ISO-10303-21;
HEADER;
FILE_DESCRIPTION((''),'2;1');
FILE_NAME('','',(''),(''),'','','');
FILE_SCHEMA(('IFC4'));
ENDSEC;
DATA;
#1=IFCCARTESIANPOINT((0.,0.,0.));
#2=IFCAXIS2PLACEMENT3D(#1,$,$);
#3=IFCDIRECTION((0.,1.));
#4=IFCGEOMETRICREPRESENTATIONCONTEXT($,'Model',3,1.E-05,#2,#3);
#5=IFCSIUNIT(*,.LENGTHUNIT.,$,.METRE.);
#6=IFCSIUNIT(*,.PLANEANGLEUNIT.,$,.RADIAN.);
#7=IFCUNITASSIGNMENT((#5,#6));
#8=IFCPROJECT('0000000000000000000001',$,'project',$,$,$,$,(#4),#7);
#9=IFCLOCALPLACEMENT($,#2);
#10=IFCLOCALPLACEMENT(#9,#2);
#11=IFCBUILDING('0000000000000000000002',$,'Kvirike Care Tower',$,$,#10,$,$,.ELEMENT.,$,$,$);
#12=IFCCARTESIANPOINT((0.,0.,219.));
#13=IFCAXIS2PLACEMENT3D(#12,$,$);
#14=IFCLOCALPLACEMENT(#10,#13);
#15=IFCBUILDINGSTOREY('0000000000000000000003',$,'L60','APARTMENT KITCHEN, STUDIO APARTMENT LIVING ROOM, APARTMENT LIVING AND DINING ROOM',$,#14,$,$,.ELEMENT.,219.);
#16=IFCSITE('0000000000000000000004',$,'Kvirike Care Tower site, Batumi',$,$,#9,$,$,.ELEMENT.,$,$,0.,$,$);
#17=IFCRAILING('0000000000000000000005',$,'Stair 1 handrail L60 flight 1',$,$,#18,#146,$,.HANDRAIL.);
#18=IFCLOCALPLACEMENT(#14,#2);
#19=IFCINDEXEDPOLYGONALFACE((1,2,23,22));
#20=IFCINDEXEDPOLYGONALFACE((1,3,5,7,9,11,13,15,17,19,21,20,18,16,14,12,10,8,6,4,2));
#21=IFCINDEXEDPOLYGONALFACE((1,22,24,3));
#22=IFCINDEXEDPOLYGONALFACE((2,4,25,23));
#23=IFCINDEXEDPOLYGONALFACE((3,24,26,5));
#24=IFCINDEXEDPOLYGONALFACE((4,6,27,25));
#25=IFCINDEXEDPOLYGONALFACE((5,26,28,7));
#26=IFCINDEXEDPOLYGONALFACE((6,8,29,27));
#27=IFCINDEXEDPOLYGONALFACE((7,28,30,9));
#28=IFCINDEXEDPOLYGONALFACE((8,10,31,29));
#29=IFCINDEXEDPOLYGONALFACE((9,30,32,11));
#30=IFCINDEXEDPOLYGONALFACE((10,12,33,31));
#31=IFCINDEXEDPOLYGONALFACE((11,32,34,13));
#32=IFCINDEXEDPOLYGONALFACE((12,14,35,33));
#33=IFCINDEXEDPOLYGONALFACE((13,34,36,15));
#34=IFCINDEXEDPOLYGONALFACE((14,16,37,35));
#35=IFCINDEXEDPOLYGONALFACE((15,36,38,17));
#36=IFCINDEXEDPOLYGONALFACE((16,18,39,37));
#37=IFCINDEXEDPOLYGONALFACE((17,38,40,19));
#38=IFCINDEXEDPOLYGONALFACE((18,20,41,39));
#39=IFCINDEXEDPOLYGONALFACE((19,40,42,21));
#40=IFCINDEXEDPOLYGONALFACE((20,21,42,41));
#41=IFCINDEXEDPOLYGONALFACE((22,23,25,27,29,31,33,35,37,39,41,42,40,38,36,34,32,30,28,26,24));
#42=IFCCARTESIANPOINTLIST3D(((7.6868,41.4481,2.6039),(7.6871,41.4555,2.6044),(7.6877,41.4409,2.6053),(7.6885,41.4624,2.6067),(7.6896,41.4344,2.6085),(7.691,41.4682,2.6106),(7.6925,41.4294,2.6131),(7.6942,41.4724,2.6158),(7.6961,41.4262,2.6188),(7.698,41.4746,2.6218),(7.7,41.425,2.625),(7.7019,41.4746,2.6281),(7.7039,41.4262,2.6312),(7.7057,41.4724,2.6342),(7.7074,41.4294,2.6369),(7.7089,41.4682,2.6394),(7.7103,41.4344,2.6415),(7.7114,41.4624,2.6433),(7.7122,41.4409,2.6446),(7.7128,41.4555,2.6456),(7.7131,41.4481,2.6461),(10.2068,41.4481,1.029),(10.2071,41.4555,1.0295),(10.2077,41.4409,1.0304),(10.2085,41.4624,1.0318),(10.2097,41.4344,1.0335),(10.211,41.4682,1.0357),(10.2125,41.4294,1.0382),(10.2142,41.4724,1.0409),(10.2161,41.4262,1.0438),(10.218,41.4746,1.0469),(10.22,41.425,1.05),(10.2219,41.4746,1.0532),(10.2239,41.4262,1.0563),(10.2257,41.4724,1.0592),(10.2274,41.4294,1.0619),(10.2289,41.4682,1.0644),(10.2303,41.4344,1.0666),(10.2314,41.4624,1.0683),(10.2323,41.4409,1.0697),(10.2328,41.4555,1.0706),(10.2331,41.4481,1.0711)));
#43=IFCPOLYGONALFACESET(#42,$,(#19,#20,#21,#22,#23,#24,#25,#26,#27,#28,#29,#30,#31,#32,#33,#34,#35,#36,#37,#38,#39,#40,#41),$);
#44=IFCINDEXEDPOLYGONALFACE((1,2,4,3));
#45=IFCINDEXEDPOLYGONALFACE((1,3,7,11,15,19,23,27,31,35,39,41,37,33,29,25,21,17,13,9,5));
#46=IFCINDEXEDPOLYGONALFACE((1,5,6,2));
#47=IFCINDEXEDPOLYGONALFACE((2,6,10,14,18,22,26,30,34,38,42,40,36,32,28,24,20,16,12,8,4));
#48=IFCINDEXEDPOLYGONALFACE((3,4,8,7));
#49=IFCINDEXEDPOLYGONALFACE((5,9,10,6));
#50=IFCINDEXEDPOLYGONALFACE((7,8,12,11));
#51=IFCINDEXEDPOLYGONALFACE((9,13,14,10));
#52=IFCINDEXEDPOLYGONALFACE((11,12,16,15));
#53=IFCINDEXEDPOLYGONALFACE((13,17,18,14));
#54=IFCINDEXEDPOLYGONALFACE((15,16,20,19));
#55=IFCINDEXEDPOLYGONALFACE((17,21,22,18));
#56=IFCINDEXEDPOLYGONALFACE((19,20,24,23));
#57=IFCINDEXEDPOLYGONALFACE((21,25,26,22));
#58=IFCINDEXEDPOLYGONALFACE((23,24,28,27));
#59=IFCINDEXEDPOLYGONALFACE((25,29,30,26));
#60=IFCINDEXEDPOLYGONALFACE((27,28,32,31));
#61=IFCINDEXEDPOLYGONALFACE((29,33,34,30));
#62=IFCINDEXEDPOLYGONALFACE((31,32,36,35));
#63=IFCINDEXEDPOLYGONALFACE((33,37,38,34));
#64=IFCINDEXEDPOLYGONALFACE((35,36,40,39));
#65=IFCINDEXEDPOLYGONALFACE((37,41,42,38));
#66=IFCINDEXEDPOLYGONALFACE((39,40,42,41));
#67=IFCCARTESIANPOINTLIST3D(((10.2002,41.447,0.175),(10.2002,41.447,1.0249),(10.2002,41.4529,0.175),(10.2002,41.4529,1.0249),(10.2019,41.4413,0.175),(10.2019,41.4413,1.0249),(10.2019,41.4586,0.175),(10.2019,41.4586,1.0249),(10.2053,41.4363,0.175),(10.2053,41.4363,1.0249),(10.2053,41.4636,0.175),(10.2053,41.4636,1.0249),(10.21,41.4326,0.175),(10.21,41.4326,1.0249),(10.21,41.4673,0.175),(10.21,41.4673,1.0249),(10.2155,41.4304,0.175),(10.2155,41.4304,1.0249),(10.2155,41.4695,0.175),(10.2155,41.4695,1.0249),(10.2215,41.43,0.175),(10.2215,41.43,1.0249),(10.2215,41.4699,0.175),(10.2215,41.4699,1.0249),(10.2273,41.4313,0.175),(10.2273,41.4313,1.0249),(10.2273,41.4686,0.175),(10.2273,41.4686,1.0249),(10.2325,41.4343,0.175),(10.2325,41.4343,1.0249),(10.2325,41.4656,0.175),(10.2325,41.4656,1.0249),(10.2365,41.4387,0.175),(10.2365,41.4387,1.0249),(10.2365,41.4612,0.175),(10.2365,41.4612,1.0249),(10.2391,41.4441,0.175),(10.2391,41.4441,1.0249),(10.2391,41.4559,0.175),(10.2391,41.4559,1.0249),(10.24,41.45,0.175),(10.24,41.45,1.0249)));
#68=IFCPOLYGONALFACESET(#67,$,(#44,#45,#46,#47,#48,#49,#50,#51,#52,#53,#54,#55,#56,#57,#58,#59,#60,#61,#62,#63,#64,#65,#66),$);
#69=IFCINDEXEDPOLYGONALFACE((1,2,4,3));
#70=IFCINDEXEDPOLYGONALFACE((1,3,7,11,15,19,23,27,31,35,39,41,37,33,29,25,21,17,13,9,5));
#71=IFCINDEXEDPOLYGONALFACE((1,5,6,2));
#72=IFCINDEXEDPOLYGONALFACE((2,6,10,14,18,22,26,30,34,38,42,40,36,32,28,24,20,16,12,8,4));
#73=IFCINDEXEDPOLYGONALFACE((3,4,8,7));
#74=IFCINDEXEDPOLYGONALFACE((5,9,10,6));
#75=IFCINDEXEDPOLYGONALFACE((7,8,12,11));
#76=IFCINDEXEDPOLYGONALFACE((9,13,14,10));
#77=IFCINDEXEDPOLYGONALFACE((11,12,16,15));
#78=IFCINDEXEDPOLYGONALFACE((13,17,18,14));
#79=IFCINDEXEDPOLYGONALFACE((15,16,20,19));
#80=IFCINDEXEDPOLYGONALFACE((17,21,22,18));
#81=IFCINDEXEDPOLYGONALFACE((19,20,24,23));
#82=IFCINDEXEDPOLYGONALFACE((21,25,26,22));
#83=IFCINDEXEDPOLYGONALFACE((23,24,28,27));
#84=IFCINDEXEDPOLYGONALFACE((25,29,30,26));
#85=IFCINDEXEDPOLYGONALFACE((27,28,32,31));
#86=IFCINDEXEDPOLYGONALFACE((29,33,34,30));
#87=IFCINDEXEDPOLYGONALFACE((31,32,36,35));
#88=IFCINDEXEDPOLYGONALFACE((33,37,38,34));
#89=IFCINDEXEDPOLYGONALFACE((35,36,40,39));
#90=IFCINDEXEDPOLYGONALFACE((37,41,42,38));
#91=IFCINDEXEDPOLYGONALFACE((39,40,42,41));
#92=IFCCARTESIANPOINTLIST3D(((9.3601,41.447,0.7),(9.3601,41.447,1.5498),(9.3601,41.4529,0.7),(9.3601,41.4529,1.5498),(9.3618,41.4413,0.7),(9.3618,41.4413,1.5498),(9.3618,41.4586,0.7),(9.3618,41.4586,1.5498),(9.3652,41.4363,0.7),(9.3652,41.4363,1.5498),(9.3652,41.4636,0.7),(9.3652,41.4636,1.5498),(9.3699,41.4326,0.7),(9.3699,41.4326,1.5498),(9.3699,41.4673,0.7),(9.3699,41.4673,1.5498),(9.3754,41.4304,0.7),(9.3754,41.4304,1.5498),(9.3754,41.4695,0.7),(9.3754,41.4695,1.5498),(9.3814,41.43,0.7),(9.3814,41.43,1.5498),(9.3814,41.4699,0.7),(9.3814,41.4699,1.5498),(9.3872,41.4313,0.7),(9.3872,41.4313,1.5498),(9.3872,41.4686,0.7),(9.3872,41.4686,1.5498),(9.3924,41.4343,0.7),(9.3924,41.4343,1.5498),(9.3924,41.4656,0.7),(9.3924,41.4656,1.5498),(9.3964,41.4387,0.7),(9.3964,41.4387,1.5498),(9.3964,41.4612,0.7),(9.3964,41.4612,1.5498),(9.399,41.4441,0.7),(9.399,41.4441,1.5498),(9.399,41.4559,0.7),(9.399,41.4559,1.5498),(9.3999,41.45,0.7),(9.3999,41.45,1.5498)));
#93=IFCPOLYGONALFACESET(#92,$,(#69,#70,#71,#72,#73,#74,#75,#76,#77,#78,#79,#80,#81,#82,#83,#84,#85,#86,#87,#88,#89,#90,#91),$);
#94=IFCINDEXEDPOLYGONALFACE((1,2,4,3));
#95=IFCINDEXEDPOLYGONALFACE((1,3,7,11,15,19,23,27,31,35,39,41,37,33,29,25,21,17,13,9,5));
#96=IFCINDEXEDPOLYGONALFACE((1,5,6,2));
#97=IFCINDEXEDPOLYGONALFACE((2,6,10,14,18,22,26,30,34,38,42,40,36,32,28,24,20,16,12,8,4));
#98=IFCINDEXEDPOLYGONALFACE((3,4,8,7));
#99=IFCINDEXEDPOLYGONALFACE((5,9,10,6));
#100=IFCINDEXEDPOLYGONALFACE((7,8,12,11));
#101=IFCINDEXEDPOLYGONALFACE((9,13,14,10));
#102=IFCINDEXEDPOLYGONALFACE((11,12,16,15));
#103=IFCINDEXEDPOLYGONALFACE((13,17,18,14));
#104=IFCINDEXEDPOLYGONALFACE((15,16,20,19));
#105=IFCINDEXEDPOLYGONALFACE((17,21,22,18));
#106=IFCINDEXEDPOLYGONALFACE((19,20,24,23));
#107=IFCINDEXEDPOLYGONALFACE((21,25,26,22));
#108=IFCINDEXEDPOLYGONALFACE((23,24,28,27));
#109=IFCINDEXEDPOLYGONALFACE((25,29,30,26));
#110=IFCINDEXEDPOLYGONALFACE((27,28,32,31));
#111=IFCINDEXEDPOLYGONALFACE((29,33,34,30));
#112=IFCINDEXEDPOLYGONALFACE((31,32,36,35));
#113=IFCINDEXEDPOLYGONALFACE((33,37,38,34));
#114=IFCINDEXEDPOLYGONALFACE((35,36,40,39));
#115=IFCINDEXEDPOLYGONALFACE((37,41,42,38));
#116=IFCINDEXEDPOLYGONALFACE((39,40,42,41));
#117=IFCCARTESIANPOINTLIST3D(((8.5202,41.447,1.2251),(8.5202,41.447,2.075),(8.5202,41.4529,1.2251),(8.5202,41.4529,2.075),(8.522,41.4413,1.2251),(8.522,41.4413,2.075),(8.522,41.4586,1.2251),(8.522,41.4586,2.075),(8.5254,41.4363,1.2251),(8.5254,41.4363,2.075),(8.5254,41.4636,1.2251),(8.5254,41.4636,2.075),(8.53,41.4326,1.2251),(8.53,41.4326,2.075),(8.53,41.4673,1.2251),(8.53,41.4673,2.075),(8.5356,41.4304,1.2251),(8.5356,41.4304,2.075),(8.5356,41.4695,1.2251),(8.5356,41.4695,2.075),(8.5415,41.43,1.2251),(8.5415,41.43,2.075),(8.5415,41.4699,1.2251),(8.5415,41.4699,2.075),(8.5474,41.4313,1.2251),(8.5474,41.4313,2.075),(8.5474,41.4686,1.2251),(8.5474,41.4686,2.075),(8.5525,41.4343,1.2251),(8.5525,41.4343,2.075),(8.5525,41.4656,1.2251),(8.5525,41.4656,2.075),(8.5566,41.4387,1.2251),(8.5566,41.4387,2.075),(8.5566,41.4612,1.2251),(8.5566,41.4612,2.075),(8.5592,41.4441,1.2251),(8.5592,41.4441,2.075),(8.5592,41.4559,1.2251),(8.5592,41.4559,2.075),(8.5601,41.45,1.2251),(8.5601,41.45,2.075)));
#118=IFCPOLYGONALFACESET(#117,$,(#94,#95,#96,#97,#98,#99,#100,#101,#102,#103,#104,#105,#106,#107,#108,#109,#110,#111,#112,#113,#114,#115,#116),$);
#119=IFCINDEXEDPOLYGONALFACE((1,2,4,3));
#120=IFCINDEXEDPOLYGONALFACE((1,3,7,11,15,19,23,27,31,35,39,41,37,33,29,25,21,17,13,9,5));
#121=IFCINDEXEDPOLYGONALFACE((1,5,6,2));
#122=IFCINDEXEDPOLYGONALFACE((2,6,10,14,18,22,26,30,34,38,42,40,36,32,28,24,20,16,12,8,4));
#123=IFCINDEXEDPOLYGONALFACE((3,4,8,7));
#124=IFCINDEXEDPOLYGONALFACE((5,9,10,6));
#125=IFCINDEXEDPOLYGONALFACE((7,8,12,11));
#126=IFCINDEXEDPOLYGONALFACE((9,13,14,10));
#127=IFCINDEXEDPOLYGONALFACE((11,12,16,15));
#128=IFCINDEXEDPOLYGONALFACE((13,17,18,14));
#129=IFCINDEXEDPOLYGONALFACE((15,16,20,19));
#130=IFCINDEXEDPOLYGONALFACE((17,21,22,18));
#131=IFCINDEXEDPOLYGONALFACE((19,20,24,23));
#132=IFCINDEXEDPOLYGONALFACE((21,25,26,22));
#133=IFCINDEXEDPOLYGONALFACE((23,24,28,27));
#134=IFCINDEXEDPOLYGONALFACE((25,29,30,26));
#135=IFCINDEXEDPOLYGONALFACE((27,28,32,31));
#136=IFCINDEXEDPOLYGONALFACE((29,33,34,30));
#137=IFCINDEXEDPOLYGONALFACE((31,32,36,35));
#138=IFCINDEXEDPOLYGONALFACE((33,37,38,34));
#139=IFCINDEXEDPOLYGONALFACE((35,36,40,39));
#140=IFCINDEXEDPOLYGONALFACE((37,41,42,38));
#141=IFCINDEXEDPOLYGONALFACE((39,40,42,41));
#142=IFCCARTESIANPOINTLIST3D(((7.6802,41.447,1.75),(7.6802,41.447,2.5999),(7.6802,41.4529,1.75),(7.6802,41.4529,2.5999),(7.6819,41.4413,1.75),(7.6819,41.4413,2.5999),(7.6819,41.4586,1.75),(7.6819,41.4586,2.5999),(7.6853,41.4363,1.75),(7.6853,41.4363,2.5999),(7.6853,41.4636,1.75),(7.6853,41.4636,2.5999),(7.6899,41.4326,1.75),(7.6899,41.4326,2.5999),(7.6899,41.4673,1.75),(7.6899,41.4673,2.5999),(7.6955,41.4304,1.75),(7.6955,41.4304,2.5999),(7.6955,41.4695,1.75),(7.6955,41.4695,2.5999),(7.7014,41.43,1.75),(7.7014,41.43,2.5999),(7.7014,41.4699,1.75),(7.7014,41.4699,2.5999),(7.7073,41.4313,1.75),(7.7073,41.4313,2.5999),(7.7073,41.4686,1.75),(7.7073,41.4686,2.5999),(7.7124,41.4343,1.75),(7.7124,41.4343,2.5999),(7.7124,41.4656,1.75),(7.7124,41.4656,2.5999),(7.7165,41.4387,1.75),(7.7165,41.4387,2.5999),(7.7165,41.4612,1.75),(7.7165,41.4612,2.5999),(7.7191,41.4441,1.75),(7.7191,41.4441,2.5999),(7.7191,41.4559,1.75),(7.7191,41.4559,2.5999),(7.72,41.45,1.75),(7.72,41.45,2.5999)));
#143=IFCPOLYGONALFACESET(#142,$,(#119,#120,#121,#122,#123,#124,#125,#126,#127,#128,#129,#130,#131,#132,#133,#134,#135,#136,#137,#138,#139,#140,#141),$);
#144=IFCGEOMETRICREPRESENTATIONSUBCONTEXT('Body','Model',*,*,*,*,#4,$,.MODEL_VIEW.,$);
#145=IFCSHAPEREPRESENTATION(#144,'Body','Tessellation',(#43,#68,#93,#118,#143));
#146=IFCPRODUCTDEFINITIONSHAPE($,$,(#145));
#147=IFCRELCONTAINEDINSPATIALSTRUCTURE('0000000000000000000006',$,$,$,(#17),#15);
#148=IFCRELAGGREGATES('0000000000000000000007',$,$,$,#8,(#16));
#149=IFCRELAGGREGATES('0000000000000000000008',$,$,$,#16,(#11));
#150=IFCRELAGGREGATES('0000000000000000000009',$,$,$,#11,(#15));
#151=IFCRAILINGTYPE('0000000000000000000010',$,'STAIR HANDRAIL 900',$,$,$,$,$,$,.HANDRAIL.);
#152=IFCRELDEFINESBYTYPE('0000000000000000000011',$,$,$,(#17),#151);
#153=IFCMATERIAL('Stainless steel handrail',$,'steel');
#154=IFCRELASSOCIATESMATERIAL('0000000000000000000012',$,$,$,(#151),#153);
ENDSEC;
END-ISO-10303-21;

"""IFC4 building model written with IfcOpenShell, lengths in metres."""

from ifc_helpers import new_model, si_unit, direction, frame, origin, origin_2d, place, context, subcontext, project, spatial, circle, extrude, material, type_object, element, save


model = new_model("IFC4")

# Units and contexts
model_context = context("Model", 3, precision=1e-05, world=origin(), true_north=direction((0.0, 1.0)))
body_context = subcontext(model_context, "Body", "Model", "MODEL_VIEW")
ifc_project = project(units=[si_unit("LENGTHUNIT", "METRE"), si_unit("PLANEANGLEUNIT", "RADIAN")], contexts=[model_context])

# Site, building, storey
site_placement = place(None, origin())
site = spatial("IfcSite", under=ifc_project, at=site_placement, Name="Kvirike Care Tower site, Batumi", CompositionType="ELEMENT", RefElevation=0.0)
building_placement = place(site_placement, origin())
building = spatial("IfcBuilding", under=site, at=building_placement, Name="Kvirike Care Tower", CompositionType="ELEMENT")
storey_placement = place(building_placement, frame((0.0, 0.0, 219.0)))
storey = spatial("IfcBuildingStorey", under=building, at=storey_placement, Name="L60", Description="APARTMENT KITCHEN, STUDIO APARTMENT LIVING ROOM, APARTMENT LIVING AND DINING ROOM", CompositionType="ELEMENT", Elevation=219.0)

# Railing
ifc_material_1 = material(Name="Stainless steel handrail", Category="steel")
railing_type = type_object("IfcRailingType", Name="STAIR HANDRAIL 900", PredefinedType="HANDRAIL", material=ifc_material_1)
railing_1_placement = place(storey_placement, frame((10.22, 41.45, 0.175)))
element("IfcRailing", 1, at=railing_1_placement, inside=storey, type_object=railing_type, Name="Stair 1 handrail L60 flight 1", PredefinedType="HANDRAIL", context=body_context, shape_type="SweptSolid", body=[
    extrude(circle(Radius=0.0249, at=origin_2d()), frame((0.0, 0.0, 0.875), z_axis=(-0.848008, 0.0, 0.529984), x_axis=(0.0, -1.0, 0.0)), (0.0, 0.0, 1.0), 2.9717),
    extrude(circle(Radius=0.02, at=origin_2d()), origin(), (0.0, 0.0, 1.0), 0.8499),
    extrude(circle(Radius=0.02, at=origin_2d()), frame((-0.8401, 0.0, 0.5249)), (0.0, 0.0, 1.0), 0.8499),
    extrude(circle(Radius=0.02, at=origin_2d()), frame((-1.6799, 0.0, 1.05)), (0.0, 0.0, 1.0), 0.8499),
    extrude(circle(Radius=0.02, at=origin_2d()), frame((-2.52, 0.0, 1.575)), (0.0, 0.0, 1.0), 0.8499),
])

save(model, "model.ifc")
